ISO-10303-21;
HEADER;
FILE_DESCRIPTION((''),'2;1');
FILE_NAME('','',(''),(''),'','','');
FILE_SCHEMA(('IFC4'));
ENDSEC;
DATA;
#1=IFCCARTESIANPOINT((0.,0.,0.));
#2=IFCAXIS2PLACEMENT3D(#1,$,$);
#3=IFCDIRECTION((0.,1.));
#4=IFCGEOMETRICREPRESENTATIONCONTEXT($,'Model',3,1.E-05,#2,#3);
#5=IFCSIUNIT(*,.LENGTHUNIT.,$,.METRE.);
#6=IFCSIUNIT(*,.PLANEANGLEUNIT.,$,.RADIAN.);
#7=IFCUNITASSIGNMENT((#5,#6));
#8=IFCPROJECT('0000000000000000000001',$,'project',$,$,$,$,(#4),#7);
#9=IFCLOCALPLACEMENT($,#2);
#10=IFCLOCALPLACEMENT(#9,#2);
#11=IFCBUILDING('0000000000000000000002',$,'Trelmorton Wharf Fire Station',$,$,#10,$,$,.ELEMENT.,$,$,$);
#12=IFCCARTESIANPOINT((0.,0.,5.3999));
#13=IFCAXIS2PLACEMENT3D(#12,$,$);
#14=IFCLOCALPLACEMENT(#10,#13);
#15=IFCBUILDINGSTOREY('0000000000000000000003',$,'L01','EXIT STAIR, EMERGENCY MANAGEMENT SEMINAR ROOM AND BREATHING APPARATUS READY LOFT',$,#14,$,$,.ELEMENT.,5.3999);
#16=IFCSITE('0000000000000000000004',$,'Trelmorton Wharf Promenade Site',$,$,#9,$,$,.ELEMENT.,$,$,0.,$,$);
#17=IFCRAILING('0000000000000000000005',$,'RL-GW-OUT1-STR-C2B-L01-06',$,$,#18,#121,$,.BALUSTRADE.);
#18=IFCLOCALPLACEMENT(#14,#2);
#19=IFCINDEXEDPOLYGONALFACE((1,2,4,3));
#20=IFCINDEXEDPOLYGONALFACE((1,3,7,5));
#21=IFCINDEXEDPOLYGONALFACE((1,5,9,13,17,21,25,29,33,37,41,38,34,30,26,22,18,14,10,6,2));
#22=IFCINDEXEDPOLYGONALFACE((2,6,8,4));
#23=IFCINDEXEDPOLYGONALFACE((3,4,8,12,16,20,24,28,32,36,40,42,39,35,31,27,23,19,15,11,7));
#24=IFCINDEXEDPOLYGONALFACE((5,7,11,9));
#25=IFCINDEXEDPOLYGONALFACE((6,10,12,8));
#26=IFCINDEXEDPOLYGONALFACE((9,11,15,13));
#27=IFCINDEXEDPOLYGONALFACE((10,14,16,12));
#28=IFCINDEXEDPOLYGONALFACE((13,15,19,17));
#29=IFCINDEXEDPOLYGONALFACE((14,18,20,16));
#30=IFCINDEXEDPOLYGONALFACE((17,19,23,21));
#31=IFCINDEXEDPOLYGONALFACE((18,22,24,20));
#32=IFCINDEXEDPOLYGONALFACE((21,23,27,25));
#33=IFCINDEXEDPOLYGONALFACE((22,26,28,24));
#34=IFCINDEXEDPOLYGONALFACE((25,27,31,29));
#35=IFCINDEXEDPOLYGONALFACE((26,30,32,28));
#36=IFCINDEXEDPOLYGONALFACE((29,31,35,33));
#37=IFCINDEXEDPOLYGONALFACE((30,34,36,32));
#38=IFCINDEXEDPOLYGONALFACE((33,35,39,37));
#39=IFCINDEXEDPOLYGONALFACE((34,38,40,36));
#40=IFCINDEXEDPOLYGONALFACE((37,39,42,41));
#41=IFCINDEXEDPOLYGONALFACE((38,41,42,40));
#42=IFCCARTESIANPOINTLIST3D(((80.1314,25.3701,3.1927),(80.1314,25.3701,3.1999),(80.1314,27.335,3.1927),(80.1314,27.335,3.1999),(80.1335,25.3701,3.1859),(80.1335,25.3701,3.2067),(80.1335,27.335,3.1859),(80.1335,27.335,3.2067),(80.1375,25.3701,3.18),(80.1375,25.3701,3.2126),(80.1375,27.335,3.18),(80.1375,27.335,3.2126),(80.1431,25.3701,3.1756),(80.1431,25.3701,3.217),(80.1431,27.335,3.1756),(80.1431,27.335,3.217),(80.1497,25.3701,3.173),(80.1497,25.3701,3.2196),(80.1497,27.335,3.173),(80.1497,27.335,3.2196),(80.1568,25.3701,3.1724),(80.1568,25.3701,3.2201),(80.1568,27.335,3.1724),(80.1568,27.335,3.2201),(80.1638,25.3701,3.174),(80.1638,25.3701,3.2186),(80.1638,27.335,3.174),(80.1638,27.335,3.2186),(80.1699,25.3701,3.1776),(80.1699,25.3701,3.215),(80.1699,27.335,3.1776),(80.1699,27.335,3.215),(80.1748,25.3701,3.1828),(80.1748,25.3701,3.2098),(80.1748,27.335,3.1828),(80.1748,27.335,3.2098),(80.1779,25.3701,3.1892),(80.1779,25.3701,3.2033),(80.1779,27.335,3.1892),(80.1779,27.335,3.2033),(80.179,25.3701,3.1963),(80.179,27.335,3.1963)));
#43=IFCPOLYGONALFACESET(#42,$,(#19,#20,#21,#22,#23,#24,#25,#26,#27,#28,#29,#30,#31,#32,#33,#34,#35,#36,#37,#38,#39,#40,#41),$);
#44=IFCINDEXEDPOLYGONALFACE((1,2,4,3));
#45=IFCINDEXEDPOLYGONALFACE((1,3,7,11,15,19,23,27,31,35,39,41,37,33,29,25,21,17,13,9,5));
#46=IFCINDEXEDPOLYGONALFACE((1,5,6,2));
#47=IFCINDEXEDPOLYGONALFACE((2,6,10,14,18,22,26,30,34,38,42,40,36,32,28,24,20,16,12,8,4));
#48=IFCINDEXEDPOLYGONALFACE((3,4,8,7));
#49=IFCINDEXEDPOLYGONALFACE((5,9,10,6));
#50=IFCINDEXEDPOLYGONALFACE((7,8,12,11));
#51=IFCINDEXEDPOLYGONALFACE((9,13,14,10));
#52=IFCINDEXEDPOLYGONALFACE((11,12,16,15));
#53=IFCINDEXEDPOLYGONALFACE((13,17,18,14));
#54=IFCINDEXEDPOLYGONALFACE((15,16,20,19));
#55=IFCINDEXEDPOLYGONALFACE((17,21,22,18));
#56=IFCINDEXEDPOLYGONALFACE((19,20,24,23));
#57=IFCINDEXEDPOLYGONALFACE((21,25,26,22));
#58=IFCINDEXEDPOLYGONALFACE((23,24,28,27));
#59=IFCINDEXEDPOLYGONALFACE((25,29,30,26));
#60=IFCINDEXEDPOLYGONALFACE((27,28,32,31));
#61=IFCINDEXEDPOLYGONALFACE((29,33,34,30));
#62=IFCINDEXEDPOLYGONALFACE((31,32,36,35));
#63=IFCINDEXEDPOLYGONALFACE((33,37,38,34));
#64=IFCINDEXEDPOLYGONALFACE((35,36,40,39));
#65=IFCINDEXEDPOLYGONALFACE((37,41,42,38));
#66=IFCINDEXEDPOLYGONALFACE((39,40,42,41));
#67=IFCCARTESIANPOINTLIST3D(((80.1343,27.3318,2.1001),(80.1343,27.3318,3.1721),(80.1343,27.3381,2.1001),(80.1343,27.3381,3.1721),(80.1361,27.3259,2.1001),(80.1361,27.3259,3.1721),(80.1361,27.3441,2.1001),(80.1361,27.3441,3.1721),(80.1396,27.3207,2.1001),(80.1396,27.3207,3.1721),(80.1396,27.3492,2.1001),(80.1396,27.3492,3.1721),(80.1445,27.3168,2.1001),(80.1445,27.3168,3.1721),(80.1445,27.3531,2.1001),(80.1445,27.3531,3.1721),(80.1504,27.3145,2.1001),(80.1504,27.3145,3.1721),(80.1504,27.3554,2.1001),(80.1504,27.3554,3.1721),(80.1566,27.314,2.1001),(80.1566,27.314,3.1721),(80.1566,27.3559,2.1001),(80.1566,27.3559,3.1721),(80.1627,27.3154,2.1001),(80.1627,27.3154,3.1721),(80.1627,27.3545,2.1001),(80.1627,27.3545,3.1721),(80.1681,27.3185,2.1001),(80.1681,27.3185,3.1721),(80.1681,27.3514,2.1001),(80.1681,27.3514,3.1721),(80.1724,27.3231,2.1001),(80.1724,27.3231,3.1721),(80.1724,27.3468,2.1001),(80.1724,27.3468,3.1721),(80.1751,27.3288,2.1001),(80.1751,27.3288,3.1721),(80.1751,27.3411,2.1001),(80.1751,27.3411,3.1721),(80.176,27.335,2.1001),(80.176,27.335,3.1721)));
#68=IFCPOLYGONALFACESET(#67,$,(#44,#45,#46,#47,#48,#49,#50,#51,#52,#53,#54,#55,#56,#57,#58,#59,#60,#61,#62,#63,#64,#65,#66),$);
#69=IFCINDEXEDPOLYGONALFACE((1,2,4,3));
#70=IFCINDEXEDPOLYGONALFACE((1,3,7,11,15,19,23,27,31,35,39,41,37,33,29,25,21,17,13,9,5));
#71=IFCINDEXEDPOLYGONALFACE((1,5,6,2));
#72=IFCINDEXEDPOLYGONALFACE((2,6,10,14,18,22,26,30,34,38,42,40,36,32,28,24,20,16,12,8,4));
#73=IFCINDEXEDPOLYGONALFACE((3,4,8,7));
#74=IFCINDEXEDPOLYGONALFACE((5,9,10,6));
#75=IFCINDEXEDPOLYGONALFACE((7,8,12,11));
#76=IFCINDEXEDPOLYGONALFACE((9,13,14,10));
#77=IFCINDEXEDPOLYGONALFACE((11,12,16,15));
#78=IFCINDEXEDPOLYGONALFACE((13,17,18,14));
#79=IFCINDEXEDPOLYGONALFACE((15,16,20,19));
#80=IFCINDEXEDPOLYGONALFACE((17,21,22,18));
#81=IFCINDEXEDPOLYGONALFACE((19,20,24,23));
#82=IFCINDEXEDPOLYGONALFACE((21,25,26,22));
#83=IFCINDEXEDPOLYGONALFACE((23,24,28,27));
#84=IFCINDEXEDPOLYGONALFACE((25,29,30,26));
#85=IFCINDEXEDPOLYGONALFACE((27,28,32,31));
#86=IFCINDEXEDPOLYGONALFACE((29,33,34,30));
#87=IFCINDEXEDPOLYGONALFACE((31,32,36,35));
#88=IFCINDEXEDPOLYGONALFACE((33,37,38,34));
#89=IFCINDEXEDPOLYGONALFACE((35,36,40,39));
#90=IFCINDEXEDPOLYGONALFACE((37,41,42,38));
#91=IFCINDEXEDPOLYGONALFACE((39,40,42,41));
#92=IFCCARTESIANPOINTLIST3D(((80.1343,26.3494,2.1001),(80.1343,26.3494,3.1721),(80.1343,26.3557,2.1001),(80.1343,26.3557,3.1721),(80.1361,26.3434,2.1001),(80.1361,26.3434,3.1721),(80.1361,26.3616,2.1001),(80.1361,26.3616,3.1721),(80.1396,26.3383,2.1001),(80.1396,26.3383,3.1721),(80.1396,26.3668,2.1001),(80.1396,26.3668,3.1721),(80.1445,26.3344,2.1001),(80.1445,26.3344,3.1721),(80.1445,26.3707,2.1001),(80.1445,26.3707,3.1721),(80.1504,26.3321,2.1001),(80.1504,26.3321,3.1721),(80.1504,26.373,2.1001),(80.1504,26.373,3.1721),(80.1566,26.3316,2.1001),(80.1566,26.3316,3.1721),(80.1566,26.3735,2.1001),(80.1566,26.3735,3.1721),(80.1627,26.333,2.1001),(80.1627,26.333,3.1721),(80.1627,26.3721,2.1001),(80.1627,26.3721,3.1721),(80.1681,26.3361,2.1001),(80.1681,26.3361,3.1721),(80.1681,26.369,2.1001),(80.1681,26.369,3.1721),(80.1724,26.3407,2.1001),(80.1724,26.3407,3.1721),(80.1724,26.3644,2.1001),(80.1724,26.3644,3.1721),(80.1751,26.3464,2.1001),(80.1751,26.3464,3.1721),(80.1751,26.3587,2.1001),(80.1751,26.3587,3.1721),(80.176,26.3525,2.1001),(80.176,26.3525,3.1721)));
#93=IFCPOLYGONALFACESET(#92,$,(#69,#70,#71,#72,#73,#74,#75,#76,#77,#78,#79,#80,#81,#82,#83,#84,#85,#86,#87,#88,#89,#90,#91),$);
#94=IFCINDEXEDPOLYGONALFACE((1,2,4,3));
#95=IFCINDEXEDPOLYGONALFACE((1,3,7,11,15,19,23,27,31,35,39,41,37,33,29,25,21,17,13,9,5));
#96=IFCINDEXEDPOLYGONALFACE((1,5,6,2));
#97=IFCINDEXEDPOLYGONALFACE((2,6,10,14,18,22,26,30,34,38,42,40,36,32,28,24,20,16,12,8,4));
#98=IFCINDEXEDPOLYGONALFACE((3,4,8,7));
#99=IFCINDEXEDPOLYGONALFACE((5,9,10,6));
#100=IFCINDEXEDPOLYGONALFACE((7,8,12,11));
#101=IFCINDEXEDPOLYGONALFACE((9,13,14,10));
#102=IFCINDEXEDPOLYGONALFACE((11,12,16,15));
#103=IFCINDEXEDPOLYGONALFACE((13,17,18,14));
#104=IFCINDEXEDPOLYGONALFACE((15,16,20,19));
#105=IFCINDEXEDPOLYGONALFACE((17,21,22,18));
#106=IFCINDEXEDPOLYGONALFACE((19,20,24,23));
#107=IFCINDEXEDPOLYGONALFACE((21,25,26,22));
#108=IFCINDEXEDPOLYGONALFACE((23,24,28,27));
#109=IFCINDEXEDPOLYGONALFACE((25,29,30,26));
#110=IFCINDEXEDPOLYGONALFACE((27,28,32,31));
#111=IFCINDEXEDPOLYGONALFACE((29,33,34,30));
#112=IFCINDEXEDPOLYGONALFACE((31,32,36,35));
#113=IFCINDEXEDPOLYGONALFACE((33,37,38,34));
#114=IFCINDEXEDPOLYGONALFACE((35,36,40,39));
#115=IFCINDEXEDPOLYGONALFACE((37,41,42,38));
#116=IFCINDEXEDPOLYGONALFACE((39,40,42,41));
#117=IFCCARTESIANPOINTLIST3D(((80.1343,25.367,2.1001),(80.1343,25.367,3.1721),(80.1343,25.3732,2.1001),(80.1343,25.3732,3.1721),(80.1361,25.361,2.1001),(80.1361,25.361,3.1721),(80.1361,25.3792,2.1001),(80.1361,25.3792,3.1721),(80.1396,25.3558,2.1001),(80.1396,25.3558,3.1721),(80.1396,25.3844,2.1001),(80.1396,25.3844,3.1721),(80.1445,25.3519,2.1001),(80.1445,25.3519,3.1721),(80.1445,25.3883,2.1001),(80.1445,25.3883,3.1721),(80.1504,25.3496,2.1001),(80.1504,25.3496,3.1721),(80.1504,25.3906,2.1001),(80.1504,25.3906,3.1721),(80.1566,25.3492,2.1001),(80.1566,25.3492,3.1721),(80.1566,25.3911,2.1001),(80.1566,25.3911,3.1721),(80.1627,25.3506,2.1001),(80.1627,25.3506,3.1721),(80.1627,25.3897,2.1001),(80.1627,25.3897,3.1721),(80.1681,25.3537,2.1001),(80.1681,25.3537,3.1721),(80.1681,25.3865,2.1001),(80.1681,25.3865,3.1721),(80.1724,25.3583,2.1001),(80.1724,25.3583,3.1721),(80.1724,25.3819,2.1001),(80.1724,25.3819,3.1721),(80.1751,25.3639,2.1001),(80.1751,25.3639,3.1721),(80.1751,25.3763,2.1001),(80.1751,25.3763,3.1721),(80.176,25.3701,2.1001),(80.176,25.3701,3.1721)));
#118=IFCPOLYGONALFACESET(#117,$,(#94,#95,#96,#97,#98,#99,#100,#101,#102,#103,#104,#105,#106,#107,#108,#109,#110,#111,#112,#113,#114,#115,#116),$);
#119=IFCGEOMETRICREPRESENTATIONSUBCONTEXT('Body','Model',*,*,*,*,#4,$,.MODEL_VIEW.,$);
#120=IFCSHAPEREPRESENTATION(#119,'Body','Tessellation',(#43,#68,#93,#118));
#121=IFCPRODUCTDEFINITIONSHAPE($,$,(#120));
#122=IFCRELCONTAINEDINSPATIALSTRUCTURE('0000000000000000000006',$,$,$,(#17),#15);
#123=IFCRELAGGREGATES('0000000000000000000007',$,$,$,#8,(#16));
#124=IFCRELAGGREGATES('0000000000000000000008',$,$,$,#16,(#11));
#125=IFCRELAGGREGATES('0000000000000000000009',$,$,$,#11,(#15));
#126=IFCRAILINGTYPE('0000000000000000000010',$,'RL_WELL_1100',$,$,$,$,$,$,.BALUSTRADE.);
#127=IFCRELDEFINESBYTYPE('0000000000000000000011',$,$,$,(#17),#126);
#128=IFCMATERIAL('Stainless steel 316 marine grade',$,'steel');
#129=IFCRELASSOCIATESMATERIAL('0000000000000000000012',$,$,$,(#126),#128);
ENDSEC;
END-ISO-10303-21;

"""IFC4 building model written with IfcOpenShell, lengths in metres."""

from ifc_helpers import new_model, si_unit, direction, frame, origin, origin_2d, place, context, subcontext, project, spatial, circle, extrude, material, type_object, element, save


model = new_model("IFC4")

# Units and contexts
model_context = context("Model", 3, precision=1e-05, world=origin(), true_north=direction((0.0, 1.0)))
body_context = subcontext(model_context, "Body", "Model", "MODEL_VIEW")
ifc_project = project(units=[si_unit("LENGTHUNIT", "METRE"), si_unit("PLANEANGLEUNIT", "RADIAN")], contexts=[model_context])

# Site, building, storey
site_placement = place(None, origin())
site = spatial("IfcSite", under=ifc_project, at=site_placement, Name="Trelmorton Wharf Promenade Site", CompositionType="ELEMENT", RefElevation=0.0)
building_placement = place(site_placement, origin())
building = spatial("IfcBuilding", under=site, at=building_placement, Name="Trelmorton Wharf Fire Station", CompositionType="ELEMENT")
storey_placement = place(building_placement, frame((0.0, 0.0, 5.3999)))
storey = spatial("IfcBuildingStorey", under=building, at=storey_placement, Name="L01", Description="EXIT STAIR, EMERGENCY MANAGEMENT SEMINAR ROOM AND BREATHING APPARATUS READY LOFT", CompositionType="ELEMENT", Elevation=5.3999)

# Railing
ifc_material_1 = material(Name="Stainless steel 316 marine grade", Category="steel")
railing_type_1 = type_object("IfcRailingType", Name="RL_WELL_1100", PredefinedType="BALUSTRADE", material=ifc_material_1)
railing_1_placement = place(storey_placement, frame((80.155, 27.335, 2.1001)))
element("IfcRailing", 1, at=railing_1_placement, inside=storey, type_object=railing_type_1, Name="RL-GW-OUT1-STR-C2B-L01-06", PredefinedType="BALUSTRADE", context=body_context, shape_type="SweptSolid", body=[
    extrude(circle(Radius=0.0239, at=origin_2d()), frame((0.0, 0.0, 1.0962), z_axis=(0.0, -1.0, 0.0), x_axis=(1.0, 0.0, 0.0)), (0.0, 0.0, 1.0), 1.9648),
    extrude(circle(Radius=0.021, at=origin_2d()), origin(), (0.0, 0.0, 1.0), 1.072),
    extrude(circle(Radius=0.021, at=origin_2d()), frame((0.0, -0.9824, 0.0)), (0.0, 0.0, 1.0), 1.072),
    extrude(circle(Radius=0.021, at=origin_2d()), frame((0.0, -1.9648, 0.0)), (0.0, 0.0, 1.0), 1.072),
])

save(model, "model.ifc")
